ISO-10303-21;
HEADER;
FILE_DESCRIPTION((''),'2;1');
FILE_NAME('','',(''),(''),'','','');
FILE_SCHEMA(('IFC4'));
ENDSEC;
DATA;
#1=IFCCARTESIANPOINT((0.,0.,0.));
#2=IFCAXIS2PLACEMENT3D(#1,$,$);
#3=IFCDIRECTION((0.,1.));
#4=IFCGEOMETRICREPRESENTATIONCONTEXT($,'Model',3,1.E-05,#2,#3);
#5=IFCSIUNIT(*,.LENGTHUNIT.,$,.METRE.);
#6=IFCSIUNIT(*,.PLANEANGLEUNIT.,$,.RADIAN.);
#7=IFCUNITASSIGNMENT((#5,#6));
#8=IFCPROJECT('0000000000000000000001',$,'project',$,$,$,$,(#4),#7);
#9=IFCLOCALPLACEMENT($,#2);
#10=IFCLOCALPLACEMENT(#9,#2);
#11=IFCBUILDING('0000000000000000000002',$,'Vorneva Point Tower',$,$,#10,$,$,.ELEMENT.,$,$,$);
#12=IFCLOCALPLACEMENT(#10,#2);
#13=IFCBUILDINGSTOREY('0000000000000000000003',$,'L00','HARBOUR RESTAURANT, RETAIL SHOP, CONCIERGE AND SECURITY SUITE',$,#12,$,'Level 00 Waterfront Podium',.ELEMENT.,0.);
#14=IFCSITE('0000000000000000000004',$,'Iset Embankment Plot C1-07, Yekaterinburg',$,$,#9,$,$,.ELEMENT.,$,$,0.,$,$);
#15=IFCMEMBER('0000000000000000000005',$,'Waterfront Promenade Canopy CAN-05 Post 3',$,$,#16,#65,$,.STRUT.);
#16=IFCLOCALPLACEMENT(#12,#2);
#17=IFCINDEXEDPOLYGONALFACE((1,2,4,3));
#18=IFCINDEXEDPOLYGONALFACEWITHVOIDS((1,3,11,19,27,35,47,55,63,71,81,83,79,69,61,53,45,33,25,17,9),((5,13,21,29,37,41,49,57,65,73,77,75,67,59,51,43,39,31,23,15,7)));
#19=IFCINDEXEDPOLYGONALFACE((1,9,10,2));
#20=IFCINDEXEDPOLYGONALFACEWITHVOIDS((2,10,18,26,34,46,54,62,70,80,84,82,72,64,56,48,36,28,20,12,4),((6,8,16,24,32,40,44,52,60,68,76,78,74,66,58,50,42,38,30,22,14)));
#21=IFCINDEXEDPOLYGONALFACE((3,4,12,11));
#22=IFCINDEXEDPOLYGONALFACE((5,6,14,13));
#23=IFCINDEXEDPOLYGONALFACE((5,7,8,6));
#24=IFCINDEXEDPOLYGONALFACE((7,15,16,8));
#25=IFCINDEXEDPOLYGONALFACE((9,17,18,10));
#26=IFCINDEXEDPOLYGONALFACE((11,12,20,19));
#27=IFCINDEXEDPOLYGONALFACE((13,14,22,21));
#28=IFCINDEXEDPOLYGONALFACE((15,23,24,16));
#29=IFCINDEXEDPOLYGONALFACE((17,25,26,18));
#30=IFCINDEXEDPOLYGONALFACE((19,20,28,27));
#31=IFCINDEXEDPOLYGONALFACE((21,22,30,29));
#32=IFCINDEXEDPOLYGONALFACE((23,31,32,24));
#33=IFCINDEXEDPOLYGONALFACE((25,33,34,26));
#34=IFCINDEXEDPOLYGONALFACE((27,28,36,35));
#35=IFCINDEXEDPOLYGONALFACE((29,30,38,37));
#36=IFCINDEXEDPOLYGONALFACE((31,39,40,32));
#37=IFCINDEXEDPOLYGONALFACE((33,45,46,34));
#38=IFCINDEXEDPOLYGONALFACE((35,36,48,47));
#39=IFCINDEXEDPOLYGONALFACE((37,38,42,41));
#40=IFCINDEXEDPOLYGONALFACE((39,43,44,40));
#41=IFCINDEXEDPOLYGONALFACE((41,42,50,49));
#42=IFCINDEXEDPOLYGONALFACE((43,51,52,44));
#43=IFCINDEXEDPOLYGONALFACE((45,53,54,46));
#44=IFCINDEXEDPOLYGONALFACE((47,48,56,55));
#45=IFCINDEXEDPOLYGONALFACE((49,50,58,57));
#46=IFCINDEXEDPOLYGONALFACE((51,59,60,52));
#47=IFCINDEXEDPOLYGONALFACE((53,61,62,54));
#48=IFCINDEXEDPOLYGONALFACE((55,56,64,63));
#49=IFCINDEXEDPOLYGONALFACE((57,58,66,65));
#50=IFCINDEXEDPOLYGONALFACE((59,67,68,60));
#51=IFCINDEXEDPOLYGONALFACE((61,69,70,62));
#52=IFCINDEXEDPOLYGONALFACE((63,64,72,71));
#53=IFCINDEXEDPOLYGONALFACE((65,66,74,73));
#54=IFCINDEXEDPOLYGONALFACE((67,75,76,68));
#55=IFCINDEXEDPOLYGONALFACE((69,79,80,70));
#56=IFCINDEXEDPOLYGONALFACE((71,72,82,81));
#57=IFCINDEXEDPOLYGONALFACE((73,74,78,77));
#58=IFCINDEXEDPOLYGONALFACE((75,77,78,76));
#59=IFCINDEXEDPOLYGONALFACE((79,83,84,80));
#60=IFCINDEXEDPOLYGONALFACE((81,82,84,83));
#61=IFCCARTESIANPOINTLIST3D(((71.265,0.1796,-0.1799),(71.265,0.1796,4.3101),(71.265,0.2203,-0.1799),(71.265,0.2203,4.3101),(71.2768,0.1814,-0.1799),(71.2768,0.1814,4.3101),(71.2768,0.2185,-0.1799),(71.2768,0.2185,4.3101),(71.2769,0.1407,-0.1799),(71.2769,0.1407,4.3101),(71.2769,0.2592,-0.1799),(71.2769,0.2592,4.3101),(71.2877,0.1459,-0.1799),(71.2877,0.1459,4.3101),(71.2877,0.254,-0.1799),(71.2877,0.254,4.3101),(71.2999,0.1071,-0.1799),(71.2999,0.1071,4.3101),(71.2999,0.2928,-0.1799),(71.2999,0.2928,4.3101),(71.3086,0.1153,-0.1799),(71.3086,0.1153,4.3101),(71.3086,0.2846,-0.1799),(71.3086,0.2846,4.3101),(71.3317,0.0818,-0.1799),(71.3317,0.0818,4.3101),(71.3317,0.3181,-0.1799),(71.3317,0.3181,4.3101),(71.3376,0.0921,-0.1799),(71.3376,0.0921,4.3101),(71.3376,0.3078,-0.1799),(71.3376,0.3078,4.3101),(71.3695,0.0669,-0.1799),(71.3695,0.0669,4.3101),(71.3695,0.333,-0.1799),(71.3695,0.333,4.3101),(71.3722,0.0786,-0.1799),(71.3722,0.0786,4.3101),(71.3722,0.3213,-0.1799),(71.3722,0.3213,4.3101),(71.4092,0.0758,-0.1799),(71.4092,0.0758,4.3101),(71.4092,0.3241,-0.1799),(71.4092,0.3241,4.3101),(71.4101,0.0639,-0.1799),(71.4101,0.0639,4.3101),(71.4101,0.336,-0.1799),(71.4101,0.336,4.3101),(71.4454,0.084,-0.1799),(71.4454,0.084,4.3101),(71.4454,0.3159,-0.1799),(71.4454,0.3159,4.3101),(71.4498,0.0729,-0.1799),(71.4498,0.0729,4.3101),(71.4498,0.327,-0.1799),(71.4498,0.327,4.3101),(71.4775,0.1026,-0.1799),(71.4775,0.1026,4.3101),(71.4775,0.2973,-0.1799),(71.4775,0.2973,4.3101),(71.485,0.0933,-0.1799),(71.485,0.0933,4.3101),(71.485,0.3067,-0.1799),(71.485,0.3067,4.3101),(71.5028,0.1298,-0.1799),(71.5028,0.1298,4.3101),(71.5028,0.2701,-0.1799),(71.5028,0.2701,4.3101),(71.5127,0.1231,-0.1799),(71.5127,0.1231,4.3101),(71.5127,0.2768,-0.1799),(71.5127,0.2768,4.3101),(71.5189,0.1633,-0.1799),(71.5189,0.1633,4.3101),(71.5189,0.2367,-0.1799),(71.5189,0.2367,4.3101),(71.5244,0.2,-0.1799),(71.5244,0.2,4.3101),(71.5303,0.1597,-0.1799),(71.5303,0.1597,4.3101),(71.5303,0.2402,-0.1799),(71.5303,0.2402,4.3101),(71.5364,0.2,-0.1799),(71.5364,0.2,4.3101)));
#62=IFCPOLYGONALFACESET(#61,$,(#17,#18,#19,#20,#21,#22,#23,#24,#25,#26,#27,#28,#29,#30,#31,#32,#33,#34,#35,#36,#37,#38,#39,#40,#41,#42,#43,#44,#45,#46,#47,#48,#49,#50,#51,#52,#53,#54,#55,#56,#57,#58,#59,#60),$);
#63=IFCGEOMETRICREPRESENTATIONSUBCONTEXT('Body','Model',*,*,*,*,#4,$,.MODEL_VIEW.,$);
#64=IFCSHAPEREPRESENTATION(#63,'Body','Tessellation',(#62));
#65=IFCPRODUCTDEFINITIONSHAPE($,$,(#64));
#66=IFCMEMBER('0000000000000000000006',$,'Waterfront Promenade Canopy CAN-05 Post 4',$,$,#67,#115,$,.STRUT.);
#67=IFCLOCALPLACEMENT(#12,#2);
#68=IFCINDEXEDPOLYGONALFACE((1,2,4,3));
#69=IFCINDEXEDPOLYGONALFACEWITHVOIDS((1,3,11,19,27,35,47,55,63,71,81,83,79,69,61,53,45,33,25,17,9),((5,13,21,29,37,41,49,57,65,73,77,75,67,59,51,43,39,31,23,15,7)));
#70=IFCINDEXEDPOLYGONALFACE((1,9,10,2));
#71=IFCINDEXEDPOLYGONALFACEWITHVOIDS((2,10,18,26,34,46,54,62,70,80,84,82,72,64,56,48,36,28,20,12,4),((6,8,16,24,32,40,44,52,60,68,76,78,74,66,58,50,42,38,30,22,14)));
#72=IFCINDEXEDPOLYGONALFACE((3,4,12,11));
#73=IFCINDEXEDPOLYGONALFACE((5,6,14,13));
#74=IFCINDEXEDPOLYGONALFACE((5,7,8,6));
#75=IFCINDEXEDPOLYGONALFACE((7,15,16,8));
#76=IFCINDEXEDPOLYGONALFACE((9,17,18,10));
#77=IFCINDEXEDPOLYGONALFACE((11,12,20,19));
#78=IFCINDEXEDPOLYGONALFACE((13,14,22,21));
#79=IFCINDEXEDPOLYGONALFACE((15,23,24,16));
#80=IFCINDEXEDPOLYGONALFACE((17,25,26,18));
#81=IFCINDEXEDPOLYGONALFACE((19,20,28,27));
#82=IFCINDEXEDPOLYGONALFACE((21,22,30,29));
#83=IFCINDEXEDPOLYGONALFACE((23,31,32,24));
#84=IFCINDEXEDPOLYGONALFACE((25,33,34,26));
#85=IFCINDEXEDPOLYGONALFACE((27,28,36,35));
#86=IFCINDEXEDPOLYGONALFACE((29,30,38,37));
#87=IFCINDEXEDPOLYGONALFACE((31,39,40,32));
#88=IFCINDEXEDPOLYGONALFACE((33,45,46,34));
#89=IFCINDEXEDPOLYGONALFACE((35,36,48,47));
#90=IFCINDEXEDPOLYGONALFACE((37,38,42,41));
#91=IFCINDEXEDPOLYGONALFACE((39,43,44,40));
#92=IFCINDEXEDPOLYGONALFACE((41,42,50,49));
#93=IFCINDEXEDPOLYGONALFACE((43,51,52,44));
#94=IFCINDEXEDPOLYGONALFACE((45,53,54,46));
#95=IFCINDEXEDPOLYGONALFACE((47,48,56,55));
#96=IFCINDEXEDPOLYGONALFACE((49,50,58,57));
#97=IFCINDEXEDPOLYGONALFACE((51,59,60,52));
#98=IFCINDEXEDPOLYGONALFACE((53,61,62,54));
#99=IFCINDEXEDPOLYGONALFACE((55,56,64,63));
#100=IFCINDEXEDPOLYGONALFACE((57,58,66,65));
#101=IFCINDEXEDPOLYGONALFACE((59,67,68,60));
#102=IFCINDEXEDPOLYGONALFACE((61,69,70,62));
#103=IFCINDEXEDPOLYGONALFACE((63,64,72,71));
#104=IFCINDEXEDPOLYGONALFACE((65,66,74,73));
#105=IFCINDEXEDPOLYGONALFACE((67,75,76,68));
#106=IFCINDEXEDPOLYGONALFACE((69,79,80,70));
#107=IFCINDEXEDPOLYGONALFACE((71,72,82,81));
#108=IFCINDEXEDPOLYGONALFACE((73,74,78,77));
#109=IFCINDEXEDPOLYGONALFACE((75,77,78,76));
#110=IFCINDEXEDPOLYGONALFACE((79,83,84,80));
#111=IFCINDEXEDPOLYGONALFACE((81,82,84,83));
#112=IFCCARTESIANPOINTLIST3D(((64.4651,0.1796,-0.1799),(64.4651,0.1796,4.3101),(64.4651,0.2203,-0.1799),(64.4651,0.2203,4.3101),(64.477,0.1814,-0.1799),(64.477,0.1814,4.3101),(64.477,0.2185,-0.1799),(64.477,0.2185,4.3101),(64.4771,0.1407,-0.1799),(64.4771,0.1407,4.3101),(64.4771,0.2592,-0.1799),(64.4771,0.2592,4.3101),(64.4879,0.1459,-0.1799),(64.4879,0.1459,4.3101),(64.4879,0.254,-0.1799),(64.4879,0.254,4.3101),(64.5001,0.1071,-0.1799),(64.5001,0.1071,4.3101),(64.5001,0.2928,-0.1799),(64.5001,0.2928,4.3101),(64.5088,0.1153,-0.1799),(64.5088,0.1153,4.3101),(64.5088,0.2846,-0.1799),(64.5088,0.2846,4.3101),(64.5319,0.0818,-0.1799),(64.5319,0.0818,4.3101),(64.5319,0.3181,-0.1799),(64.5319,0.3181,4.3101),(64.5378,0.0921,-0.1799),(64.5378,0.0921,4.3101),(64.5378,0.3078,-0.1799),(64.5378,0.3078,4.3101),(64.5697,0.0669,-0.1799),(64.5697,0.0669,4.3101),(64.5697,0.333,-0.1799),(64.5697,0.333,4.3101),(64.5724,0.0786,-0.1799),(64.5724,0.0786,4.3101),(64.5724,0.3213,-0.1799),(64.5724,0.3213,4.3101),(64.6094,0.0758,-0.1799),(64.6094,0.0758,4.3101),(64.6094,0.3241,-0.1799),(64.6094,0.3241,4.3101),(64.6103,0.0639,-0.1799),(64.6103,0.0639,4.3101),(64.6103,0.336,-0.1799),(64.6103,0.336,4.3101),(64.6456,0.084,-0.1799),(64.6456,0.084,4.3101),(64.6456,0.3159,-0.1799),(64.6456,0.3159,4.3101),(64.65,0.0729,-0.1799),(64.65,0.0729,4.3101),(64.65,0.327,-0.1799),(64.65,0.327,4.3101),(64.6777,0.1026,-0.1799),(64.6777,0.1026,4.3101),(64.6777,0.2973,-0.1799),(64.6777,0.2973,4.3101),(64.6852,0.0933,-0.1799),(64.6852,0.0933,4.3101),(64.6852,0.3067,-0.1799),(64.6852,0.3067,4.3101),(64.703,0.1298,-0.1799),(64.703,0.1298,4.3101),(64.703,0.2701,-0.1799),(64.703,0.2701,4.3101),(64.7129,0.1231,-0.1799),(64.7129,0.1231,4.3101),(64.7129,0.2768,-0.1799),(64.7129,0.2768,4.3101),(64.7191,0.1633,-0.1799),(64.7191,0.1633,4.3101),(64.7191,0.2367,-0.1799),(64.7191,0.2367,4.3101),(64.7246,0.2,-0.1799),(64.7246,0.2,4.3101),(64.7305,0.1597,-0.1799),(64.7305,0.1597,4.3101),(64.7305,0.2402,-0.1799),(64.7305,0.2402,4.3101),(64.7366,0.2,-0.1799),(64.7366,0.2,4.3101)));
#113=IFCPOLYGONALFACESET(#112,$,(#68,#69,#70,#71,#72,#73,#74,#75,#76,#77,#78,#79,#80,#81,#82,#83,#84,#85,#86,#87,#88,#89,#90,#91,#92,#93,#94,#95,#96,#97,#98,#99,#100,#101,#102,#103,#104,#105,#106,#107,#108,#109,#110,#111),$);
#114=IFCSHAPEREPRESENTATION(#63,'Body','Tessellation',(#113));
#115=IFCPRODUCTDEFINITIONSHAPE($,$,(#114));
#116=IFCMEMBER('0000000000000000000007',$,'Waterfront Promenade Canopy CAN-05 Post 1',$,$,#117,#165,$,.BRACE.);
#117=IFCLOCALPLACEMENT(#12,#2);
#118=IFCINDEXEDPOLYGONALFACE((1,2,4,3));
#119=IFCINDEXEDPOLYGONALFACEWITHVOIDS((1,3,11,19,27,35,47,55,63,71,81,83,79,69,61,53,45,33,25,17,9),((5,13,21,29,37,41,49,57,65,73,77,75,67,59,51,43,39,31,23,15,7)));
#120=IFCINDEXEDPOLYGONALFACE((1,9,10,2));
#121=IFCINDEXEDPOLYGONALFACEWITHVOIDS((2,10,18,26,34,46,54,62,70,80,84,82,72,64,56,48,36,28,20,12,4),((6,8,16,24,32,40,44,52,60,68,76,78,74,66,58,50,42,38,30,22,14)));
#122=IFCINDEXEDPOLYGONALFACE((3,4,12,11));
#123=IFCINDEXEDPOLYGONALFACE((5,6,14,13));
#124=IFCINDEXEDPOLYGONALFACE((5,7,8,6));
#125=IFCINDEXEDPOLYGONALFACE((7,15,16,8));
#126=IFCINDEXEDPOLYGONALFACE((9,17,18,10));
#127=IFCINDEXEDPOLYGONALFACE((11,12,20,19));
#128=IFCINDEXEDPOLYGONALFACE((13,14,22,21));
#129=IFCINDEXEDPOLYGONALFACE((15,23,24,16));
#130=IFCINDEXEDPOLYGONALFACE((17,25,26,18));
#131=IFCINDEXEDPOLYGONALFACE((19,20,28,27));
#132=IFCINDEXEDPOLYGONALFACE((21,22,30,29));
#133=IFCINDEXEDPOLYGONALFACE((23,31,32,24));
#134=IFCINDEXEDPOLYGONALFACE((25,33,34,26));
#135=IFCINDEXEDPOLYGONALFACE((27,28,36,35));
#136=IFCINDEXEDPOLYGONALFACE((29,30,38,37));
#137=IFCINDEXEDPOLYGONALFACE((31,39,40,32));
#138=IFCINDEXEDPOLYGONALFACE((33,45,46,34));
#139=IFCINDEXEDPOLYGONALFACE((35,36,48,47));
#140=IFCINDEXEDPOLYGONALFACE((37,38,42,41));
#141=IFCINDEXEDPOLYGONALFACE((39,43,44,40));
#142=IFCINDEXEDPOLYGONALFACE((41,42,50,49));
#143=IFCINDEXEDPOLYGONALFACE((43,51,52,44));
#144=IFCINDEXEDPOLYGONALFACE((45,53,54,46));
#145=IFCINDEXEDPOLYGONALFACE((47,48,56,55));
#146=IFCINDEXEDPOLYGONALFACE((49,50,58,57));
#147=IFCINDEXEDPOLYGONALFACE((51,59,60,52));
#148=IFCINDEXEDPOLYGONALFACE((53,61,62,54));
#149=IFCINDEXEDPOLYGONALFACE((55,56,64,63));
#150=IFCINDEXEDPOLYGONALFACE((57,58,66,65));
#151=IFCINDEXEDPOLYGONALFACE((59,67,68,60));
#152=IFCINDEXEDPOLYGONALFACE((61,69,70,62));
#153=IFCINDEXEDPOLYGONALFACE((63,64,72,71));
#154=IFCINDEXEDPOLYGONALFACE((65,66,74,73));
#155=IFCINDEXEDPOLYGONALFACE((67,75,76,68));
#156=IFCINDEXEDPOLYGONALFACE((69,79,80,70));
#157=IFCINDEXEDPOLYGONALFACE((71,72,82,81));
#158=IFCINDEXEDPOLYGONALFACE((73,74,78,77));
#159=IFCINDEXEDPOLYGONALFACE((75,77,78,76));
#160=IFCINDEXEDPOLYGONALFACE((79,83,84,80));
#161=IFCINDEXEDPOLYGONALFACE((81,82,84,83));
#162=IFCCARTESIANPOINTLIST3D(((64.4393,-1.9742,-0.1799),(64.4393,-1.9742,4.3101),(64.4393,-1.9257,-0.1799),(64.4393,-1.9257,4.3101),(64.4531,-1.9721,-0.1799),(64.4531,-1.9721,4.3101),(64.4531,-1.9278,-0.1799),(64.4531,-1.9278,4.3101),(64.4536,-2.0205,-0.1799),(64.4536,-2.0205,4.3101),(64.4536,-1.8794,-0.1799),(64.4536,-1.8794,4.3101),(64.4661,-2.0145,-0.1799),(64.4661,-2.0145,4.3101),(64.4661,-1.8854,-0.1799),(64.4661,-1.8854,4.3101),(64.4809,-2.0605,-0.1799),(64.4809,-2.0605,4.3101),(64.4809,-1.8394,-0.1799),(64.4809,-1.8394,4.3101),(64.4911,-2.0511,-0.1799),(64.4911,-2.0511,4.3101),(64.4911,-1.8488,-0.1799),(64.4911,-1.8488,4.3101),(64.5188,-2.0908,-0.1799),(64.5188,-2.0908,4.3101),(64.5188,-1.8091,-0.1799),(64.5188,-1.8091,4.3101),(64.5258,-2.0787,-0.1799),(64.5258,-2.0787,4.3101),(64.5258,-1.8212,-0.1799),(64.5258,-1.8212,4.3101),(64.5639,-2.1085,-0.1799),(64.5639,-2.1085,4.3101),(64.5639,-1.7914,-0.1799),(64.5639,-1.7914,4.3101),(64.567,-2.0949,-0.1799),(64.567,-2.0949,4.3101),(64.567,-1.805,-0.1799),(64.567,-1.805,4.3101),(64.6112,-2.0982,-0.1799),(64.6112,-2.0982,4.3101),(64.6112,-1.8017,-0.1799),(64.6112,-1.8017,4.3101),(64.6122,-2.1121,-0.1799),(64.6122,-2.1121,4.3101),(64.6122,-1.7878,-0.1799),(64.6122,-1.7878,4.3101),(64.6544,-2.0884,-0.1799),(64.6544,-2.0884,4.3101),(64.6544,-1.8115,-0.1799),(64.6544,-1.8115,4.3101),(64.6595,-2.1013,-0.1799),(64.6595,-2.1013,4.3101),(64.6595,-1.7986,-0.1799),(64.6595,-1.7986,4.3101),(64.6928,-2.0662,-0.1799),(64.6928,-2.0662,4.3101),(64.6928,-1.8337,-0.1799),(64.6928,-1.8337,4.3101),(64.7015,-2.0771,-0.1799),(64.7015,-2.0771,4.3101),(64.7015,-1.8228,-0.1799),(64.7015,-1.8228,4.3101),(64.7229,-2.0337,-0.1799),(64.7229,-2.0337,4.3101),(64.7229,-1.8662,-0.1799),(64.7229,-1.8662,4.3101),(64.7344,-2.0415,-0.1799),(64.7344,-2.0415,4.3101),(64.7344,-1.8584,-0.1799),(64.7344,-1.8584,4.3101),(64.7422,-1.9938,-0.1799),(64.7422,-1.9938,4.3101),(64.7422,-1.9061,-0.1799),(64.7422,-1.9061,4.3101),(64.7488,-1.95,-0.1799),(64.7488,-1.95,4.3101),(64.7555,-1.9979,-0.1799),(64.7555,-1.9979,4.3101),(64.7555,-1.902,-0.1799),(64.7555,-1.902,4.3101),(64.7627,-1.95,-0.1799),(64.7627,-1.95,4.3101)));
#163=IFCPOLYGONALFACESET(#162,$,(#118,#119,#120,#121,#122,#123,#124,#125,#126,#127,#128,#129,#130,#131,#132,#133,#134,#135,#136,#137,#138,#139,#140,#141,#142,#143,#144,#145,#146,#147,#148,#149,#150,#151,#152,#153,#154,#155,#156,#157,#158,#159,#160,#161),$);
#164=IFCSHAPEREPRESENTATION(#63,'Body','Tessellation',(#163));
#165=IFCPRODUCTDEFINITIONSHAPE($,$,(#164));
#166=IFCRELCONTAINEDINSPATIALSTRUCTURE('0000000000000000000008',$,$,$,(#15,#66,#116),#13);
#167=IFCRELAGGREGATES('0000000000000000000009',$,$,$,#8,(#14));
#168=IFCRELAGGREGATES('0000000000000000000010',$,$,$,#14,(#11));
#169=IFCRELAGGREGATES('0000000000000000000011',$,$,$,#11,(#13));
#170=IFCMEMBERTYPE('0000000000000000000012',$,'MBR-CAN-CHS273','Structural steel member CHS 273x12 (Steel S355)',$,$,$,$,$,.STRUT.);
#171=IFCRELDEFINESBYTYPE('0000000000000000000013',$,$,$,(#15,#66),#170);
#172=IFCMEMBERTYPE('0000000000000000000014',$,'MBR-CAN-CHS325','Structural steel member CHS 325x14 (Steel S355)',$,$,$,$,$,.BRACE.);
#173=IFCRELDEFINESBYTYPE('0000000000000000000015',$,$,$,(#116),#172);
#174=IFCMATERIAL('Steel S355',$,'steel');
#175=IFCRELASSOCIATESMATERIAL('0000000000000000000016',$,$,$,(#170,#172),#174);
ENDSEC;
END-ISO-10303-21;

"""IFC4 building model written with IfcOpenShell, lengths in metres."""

from ifc_helpers import new_model, si_unit, direction, frame, origin, origin_2d, place, context, subcontext, project, spatial, hollow_circle, extrude, material, material_profile, profile_set, type_object, element, save


model = new_model("IFC4")

# Units and contexts
model_context = context("Model", 3, precision=1e-05, world=origin(), true_north=direction((0.0, 1.0)))
body_context = subcontext(model_context, "Body", "Model", "MODEL_VIEW")
ifc_project = project(units=[si_unit("LENGTHUNIT", "METRE"), si_unit("PLANEANGLEUNIT", "RADIAN")], contexts=[model_context])

# Site, building, storey
site_placement = place(None, origin())
site = spatial("IfcSite", under=ifc_project, at=site_placement, Name="Iset Embankment Plot C1-07, Yekaterinburg", CompositionType="ELEMENT", RefElevation=0.0)
building_placement = place(site_placement, origin())
building = spatial("IfcBuilding", under=site, at=building_placement, Name="Vorneva Point Tower", CompositionType="ELEMENT")
storey_placement = place(building_placement, origin())
storey = spatial("IfcBuildingStorey", under=building, at=storey_placement, Name="L00", Description="HARBOUR RESTAURANT, RETAIL SHOP, CONCIERGE AND SECURITY SUITE", LongName="Level 00 Waterfront Podium", CompositionType="ELEMENT", Elevation=0.0)

# Shared definitions
ifc_material_1 = material(Name="Steel S355", Category="steel")

# Members
ifc_material_profile_1 = material_profile(ifc_material_1, hollow_circle(Radius=0.1365, WallThickness=0.012, at=origin_2d()), Name="CHS 273x12")
ifc_profile_set_1 = profile_set([ifc_material_profile_1], Name="Steel S355")
member_type_1 = type_object("IfcMemberType", Name="MBR-CAN-CHS273", Description="Structural steel member CHS 273x12 (Steel S355)", PredefinedType="STRUT", material=ifc_profile_set_1)
for number, where, z_axis, x_axis, name in (
    (1, (71.3999, 0.2, -0.1799), (0.0, 0.0, 1.0), (1.0, 0.0, 0.0), "Waterfront Promenade Canopy CAN-05 Post 3"),
    (2, (64.6001, 0.2, -0.1799), (0.0, 0.0, 1.0), (1.0, 0.0, 0.0), "Waterfront Promenade Canopy CAN-05 Post 4"),
):
    element("IfcMember", number, at=place(storey_placement, frame(where, z_axis=z_axis, x_axis=x_axis)), inside=storey, type_object=member_type_1, Name=name, PredefinedType="STRUT", context=body_context, shape_type="SweptSolid", body=[
        extrude(hollow_circle(Radius=0.1365, WallThickness=0.012, at=origin_2d()), origin(), (0.0, 0.0, 1.0), 4.49),
    ])
ifc_material_profile_2 = material_profile(ifc_material_1, hollow_circle(Radius=0.1626, WallThickness=0.0139, at=origin_2d()), Name="CHS 325x14")
ifc_profile_set_2 = profile_set([ifc_material_profile_2], Name="Steel S355")
member_type_2 = type_object("IfcMemberType", Name="MBR-CAN-CHS325", Description="Structural steel member CHS 325x14 (Steel S355)", PredefinedType="BRACE", material=ifc_profile_set_2)
for number, where, z_axis, x_axis, name in (
    (3, (64.6001, -1.95, -0.1799), (0.0, 0.0, 1.0), (1.0, 0.0, 0.0), "Waterfront Promenade Canopy CAN-05 Post 1"),
):
    element("IfcMember", number, at=place(storey_placement, frame(where, z_axis=z_axis, x_axis=x_axis)), inside=storey, type_object=member_type_2, Name=name, PredefinedType="BRACE", context=body_context, shape_type="SweptSolid", body=[
        extrude(hollow_circle(Radius=0.1626, WallThickness=0.0139, at=origin_2d()), origin(), (0.0, 0.0, 1.0), 4.49),
    ])

save(model, "model.ifc")
